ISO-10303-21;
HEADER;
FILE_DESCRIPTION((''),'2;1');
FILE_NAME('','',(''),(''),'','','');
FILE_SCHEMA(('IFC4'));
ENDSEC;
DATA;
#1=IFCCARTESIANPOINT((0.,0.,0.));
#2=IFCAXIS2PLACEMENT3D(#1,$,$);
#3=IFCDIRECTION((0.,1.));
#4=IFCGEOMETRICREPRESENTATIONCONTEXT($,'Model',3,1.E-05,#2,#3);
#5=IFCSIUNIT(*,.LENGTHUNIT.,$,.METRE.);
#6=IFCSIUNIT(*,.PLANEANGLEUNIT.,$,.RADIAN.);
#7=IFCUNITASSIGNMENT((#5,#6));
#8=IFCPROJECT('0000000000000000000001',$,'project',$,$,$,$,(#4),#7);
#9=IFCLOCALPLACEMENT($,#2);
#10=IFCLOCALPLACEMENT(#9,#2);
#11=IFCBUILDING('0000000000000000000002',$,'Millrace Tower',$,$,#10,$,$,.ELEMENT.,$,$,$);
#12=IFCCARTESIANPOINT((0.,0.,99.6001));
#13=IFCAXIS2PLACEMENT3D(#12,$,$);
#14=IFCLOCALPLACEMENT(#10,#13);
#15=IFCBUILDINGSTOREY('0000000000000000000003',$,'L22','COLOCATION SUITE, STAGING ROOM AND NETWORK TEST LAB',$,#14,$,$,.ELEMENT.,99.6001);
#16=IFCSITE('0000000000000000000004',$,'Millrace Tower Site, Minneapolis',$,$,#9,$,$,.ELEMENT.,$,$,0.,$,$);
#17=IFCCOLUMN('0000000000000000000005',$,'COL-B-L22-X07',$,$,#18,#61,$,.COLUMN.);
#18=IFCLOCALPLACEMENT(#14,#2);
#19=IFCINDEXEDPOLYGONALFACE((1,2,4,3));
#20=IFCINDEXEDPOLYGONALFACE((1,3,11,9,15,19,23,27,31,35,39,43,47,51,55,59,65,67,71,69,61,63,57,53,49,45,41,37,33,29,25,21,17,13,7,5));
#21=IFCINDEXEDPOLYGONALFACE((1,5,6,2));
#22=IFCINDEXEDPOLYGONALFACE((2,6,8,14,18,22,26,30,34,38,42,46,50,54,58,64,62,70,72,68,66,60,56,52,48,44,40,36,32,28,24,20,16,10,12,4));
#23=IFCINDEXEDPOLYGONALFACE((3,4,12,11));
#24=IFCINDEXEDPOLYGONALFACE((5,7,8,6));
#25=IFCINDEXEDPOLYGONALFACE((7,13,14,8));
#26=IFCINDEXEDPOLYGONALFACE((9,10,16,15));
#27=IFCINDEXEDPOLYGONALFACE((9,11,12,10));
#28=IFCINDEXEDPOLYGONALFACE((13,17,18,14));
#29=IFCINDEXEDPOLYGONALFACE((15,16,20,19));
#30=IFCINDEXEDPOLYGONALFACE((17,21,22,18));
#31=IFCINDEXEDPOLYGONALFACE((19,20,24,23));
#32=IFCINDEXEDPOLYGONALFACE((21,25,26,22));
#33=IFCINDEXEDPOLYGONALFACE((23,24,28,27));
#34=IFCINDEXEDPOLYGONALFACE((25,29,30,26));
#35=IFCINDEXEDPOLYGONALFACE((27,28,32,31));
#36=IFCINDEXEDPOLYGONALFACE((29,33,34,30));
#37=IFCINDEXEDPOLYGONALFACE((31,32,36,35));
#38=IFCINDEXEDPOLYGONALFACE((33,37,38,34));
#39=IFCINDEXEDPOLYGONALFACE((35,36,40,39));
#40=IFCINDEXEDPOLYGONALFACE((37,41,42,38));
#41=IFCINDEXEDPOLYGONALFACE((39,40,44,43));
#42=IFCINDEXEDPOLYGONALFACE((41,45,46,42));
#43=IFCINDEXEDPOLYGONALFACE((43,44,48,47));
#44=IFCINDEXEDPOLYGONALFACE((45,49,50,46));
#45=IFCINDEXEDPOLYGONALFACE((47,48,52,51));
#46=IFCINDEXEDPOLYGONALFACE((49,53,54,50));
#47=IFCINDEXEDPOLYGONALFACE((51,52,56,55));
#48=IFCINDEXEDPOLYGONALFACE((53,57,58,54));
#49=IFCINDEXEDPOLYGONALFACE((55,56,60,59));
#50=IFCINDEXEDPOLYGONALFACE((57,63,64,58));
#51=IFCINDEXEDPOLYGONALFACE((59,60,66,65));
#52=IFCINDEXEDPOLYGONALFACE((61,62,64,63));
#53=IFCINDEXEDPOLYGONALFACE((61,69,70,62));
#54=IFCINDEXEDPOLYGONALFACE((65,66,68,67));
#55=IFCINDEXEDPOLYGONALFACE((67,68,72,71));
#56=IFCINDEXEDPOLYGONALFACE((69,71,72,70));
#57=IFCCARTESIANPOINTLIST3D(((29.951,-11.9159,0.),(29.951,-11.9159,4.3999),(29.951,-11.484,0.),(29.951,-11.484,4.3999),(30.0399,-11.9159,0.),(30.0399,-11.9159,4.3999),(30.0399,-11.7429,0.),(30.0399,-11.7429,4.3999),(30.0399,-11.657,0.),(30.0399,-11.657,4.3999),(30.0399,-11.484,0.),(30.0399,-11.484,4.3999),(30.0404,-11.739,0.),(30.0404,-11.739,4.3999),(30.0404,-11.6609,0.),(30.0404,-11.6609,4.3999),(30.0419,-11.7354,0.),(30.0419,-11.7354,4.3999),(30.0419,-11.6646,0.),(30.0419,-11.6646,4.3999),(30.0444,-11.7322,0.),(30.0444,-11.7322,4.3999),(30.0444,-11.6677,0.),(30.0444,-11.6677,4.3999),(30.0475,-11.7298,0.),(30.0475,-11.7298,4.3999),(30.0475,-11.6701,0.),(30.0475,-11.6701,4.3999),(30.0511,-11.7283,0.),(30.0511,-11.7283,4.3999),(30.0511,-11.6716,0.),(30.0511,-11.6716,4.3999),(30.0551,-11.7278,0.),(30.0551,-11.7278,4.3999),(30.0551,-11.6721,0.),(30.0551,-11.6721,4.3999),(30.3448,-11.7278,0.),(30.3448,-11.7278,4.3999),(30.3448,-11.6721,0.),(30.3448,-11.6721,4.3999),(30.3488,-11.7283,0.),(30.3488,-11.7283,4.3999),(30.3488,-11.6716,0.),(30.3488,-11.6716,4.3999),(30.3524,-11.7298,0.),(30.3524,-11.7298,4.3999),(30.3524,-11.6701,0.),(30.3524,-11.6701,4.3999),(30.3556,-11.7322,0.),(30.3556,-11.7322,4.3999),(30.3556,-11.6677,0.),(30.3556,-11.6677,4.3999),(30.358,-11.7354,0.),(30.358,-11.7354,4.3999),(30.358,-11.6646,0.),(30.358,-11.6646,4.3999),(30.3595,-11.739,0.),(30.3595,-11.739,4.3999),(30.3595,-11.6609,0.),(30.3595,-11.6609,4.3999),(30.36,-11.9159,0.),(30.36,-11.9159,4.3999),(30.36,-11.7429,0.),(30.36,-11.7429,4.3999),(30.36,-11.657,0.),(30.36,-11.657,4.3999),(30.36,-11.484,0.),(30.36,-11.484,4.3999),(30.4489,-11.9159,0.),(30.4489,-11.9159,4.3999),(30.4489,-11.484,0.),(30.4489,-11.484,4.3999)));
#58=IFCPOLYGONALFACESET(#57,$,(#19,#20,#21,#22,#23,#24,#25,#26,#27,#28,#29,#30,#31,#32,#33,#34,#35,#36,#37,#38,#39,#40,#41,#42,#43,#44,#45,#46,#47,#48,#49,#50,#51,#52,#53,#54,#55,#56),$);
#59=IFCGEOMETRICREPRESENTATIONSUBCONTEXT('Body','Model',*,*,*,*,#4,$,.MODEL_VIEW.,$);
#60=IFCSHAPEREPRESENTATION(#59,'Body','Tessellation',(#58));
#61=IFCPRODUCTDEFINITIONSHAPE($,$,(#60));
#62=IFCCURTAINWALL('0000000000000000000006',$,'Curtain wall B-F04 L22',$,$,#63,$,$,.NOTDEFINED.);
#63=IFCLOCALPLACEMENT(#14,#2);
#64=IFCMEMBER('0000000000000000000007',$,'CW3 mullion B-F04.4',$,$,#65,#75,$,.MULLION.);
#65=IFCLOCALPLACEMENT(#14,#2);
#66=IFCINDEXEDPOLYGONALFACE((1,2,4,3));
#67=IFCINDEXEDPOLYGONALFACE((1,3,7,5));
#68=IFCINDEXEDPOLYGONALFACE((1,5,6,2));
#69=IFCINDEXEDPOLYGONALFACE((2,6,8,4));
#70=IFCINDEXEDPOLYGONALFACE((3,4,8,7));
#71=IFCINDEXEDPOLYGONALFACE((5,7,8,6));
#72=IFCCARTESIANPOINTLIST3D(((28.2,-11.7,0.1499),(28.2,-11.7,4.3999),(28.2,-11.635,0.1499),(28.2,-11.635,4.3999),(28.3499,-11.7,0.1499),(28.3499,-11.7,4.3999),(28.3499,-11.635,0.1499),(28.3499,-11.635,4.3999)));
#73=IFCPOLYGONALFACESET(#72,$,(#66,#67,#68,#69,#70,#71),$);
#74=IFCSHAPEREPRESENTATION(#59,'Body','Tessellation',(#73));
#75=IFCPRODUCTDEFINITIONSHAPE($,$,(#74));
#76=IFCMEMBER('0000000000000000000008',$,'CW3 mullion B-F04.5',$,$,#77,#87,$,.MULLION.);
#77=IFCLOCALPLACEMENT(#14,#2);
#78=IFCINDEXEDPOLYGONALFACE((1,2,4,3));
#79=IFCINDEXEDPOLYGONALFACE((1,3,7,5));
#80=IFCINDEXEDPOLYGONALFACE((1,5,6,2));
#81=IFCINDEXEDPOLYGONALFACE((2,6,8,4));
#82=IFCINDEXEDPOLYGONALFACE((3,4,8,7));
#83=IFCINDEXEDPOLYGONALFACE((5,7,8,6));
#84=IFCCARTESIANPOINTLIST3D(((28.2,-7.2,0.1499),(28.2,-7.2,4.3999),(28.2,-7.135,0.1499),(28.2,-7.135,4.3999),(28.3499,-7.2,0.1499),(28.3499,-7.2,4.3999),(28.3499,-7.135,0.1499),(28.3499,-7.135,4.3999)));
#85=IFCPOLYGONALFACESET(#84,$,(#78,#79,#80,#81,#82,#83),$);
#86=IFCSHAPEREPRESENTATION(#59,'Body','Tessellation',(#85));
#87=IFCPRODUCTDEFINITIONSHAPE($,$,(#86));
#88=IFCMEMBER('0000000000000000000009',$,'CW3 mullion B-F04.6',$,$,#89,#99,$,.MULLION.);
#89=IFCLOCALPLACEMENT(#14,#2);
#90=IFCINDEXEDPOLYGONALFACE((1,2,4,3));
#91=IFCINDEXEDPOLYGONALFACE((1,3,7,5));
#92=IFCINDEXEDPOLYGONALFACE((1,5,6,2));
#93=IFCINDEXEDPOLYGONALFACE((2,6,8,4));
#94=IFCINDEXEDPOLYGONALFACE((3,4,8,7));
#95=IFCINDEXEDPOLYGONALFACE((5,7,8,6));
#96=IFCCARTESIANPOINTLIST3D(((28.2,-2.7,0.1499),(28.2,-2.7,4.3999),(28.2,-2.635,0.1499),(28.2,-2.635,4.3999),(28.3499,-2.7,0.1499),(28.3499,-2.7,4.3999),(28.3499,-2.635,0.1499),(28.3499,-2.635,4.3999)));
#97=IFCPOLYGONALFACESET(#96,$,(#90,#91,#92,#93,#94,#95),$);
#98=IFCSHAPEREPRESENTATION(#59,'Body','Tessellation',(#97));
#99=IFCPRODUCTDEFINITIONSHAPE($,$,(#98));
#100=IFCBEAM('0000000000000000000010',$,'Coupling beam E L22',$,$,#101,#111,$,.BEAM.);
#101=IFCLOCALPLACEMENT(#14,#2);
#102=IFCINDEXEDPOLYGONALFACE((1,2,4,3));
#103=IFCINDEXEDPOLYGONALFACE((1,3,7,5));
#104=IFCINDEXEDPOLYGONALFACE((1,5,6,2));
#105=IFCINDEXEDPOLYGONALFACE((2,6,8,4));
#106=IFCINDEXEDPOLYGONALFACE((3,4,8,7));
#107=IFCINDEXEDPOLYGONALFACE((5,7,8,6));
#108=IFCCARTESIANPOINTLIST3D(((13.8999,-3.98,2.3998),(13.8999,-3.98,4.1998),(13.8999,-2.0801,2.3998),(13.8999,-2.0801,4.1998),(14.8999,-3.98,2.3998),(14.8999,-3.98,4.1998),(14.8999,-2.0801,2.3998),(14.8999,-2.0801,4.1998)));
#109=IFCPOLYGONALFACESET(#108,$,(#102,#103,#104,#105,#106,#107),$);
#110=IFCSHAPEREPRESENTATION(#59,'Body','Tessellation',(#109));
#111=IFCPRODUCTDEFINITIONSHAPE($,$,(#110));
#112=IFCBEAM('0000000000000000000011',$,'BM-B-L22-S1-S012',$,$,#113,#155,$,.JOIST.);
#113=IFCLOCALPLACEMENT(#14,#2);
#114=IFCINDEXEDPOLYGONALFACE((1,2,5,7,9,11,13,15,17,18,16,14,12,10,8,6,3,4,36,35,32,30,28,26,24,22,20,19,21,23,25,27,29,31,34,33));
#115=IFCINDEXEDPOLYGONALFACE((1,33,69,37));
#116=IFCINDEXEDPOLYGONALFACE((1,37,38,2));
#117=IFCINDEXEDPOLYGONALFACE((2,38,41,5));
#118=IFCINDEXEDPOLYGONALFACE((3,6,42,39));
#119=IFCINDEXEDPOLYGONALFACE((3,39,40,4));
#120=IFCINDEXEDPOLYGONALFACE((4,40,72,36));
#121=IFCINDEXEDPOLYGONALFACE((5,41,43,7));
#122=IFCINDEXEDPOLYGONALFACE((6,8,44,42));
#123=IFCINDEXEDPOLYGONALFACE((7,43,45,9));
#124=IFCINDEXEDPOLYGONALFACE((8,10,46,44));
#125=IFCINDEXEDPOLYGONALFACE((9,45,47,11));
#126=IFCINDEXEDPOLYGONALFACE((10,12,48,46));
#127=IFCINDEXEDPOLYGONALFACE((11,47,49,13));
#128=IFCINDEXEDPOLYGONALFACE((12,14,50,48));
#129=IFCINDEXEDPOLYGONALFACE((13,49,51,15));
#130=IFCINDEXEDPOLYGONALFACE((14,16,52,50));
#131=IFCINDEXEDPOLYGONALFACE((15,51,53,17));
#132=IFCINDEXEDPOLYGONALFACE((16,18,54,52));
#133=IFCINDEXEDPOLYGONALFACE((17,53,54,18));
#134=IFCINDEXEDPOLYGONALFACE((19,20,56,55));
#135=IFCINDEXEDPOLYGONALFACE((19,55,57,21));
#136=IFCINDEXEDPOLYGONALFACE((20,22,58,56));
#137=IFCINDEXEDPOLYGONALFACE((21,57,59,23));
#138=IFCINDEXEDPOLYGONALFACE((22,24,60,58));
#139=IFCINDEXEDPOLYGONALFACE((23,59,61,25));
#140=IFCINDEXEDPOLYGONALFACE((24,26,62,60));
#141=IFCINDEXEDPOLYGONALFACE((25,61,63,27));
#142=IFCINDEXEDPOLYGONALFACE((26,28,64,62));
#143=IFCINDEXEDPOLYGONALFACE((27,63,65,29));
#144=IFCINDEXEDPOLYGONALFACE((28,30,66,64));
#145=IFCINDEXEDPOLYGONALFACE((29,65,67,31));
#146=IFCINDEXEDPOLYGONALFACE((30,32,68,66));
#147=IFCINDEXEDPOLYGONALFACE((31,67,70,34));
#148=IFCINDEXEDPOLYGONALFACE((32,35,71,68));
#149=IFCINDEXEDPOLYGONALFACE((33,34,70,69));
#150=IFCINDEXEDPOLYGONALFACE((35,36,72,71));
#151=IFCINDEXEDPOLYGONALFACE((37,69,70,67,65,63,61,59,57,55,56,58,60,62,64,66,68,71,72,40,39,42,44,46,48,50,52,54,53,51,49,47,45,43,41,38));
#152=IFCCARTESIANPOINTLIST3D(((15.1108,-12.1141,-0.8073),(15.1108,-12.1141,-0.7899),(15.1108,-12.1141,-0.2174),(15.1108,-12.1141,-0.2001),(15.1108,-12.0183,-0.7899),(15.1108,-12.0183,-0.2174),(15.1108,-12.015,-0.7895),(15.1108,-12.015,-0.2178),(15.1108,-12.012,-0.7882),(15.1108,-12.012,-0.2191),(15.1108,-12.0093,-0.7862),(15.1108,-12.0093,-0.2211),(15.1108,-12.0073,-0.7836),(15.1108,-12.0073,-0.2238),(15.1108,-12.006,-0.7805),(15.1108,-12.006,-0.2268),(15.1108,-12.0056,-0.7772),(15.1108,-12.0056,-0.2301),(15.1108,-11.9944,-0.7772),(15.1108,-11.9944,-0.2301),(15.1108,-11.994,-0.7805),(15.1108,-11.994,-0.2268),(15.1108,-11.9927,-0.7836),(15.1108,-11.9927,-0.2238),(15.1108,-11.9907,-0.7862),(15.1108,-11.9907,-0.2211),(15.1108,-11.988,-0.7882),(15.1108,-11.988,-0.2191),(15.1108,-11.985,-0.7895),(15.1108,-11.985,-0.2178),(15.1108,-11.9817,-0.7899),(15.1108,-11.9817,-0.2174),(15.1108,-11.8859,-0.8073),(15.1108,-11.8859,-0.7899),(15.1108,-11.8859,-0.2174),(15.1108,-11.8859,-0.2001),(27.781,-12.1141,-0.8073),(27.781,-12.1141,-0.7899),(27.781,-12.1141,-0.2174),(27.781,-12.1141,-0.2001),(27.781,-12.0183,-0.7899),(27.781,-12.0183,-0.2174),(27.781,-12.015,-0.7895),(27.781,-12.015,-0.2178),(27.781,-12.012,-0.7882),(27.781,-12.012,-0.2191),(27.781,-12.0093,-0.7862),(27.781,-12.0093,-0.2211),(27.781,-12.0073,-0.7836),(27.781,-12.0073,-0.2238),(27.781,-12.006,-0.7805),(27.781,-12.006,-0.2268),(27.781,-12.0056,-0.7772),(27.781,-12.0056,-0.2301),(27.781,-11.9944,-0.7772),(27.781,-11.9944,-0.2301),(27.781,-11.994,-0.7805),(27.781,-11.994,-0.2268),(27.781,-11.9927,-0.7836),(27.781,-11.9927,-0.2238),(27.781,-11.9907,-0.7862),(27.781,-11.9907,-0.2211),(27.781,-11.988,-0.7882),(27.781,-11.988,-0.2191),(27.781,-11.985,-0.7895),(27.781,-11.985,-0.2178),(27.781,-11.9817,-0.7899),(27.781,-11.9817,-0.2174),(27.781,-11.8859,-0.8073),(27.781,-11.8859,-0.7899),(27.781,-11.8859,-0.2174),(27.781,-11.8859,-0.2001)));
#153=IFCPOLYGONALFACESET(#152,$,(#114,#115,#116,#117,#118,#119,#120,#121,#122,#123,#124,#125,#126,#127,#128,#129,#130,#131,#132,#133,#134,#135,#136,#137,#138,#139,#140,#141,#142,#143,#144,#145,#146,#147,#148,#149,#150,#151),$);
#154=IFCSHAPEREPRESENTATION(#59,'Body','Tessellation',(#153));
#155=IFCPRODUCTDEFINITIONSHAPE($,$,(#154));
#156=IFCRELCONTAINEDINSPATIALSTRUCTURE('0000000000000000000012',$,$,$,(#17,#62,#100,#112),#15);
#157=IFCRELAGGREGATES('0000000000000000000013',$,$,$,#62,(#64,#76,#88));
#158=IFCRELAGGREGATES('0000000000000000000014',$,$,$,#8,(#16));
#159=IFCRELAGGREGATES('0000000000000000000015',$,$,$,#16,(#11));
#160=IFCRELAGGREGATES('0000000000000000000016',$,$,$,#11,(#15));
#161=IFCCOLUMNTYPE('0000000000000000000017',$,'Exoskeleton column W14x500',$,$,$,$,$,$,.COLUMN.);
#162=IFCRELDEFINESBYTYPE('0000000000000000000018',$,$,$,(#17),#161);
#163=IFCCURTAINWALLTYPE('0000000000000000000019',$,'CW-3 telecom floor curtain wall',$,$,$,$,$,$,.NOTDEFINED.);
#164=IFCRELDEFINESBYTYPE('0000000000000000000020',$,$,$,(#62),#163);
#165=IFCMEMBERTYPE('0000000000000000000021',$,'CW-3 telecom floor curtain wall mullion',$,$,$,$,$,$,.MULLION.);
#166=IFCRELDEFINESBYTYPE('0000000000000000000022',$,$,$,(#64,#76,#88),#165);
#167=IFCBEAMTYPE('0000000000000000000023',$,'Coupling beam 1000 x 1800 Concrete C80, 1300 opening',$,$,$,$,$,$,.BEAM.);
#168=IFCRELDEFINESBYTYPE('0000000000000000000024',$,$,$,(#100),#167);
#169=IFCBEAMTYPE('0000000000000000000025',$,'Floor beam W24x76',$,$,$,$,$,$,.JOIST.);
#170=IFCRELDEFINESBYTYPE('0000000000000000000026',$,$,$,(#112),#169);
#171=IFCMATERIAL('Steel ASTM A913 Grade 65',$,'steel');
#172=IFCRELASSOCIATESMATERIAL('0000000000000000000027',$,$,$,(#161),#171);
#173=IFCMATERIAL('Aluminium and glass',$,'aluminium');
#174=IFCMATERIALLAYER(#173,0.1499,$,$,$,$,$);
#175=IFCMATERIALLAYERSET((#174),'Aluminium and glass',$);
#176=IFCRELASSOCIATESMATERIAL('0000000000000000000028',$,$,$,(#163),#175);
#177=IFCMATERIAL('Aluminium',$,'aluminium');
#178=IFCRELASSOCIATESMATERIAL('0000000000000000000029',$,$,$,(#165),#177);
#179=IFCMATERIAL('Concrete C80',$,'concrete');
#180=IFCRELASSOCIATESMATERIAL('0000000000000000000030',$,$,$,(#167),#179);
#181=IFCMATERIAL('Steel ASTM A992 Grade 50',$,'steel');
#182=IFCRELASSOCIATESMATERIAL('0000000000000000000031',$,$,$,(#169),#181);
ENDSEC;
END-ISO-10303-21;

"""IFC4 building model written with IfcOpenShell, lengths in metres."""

from ifc_helpers import new_model, si_unit, direction, frame, origin, origin_2d, place, context, subcontext, project, spatial, rectangle, i_section, extrude, material, layer, layer_set, material_profile, profile_set, type_object, element, aggregate, save


model = new_model("IFC4")

# Units and contexts
model_context = context("Model", 3, precision=1e-05, world=origin(), true_north=direction((0.0, 1.0)))
body_context = subcontext(model_context, "Body", "Model", "MODEL_VIEW")
ifc_project = project(units=[si_unit("LENGTHUNIT", "METRE"), si_unit("PLANEANGLEUNIT", "RADIAN")], contexts=[model_context])

# Site, building, storey
site_placement = place(None, origin())
site = spatial("IfcSite", under=ifc_project, at=site_placement, Name="Millrace Tower Site, Minneapolis", CompositionType="ELEMENT", RefElevation=0.0)
building_placement = place(site_placement, origin())
building = spatial("IfcBuilding", under=site, at=building_placement, Name="Millrace Tower", CompositionType="ELEMENT")
storey_placement = place(building_placement, frame((0.0, 0.0, 99.6001)))
storey = spatial("IfcBuildingStorey", under=building, at=storey_placement, Name="L22", Description="COLOCATION SUITE, STAGING ROOM AND NETWORK TEST LAB", CompositionType="ELEMENT", Elevation=99.6001)

# Column
ifc_material_1 = material(Name="Steel ASTM A913 Grade 65", Category="steel")
ifc_material_profile_1 = material_profile(ifc_material_1, i_section(OverallWidth=0.4319, OverallDepth=0.4978, WebThickness=0.0557, FlangeThickness=0.0889, FilletRadius=0.0151, at=origin_2d()))
ifc_profile_set_1 = profile_set([ifc_material_profile_1], Name="Steel ASTM A913 Grade 65")
column_type = type_object("IfcColumnType", Name="Exoskeleton column W14x500", PredefinedType="COLUMN", material=ifc_profile_set_1)
column_placement = place(storey_placement, frame((30.2, -11.7, 0.0), z_axis=(0.0, 0.0, 1.0), x_axis=(0.0, 1.0, 0.0)))
element("IfcColumn", 1, at=column_placement, inside=storey, type_object=column_type, Name="COL-B-L22-X07", PredefinedType="COLUMN", context=body_context, shape_type="SweptSolid", body=[
    extrude(i_section(OverallWidth=0.4319, OverallDepth=0.4978, WebThickness=0.0557, FlangeThickness=0.0889, FilletRadius=0.0151, at=origin_2d()), origin(), (0.0, 0.0, 1.0), 4.3999),
])

# Curtain wall, members
ifc_material_2 = material(Name="Aluminium and glass", Category="aluminium")
ifc_layer_1 = layer(ifc_material_2, 0.1499)
ifc_layer_set_1 = layer_set([ifc_layer_1], Name="Aluminium and glass")
curtain_wall_type = type_object("IfcCurtainWallType", Name="CW-3 telecom floor curtain wall", PredefinedType="NOTDEFINED", material=ifc_layer_set_1)
curtain_wall_placement = place(storey_placement, origin())
curtain_wall = element("IfcCurtainWall", 2, at=curtain_wall_placement, inside=storey, type_object=curtain_wall_type, Name="Curtain wall B-F04 L22", PredefinedType="NOTDEFINED")
ifc_material_3 = material(Name="Aluminium", Category="aluminium")
ifc_material_profile_2 = material_profile(ifc_material_3, rectangle(XDim=0.0649, YDim=0.1499, at=origin_2d()))
ifc_profile_set_2 = profile_set([ifc_material_profile_2], Name="Aluminium")
member_type = type_object("IfcMemberType", Name="CW-3 telecom floor curtain wall mullion", PredefinedType="MULLION", material=ifc_profile_set_2)
member_1_placement = place(storey_placement, frame((28.2749, -11.6675, 0.1499), z_axis=(0.0, 0.0, 1.0), x_axis=(0.0, 1.0, 0.0)))
member_1 = element("IfcMember", 3, at=member_1_placement, type_object=member_type, Name="CW3 mullion B-F04.4", PredefinedType="MULLION", context=body_context, shape_type="SweptSolid", body=[
    extrude(rectangle(XDim=0.0649, YDim=0.1499, at=origin_2d()), origin(), (0.0, 0.0, 1.0), 4.25),
])
member_2_placement = place(storey_placement, frame((28.2749, -7.1675, 0.1499), z_axis=(0.0, 0.0, 1.0), x_axis=(0.0, 1.0, 0.0)))
member_2 = element("IfcMember", 4, at=member_2_placement, type_object=member_type, Name="CW3 mullion B-F04.5", PredefinedType="MULLION", context=body_context, shape_type="SweptSolid", body=[
    extrude(rectangle(XDim=0.0649, YDim=0.1499, at=origin_2d()), origin(), (0.0, 0.0, 1.0), 4.25),
])
member_3_placement = place(storey_placement, frame((28.2749, -2.6675, 0.1499), z_axis=(0.0, 0.0, 1.0), x_axis=(0.0, 1.0, 0.0)))
member_3 = element("IfcMember", 5, at=member_3_placement, type_object=member_type, Name="CW3 mullion B-F04.6", PredefinedType="MULLION", context=body_context, shape_type="SweptSolid", body=[
    extrude(rectangle(XDim=0.0649, YDim=0.1499, at=origin_2d()), origin(), (0.0, 0.0, 1.0), 4.25),
])
aggregate(curtain_wall, [member_1, member_2, member_3])

# Beams
ifc_material_4 = material(Name="Concrete C80", Category="concrete")
ifc_material_profile_3 = material_profile(ifc_material_4, rectangle(XDim=1.0, YDim=1.8, at=origin_2d()))
ifc_profile_set_3 = profile_set([ifc_material_profile_3], Name="Concrete C80")
beam_type_1 = type_object("IfcBeamType", Name="Coupling beam 1000 x 1800 Concrete C80, 1300 opening", PredefinedType="BEAM", material=ifc_profile_set_3)
beam_1_placement = place(storey_placement, frame((14.3999, -2.0801, 3.2998), z_axis=(0.0, -1.0, 0.0), x_axis=(1.0, 0.0, 0.0)))
element("IfcBeam", 6, at=beam_1_placement, inside=storey, type_object=beam_type_1, Name="Coupling beam E L22", PredefinedType="BEAM", context=body_context, shape_type="SweptSolid", body=[
    extrude(rectangle(XDim=1.0, YDim=1.8, at=origin_2d()), origin(), (0.0, 0.0, 1.0), 1.8999),
])
ifc_material_5 = material(Name="Steel ASTM A992 Grade 50", Category="steel")
ifc_material_profile_4 = material_profile(ifc_material_5, i_section(OverallWidth=0.2283, OverallDepth=0.6072, WebThickness=0.0112, FlangeThickness=0.0173, FilletRadius=0.0127, at=origin_2d()))
ifc_profile_set_4 = profile_set([ifc_material_profile_4], Name="Steel ASTM A992 Grade 50")
beam_type_2 = type_object("IfcBeamType", Name="Floor beam W24x76", PredefinedType="JOIST", material=ifc_profile_set_4)
beam_2_placement = place(storey_placement, frame((15.1108, -12.0, -0.5037), z_axis=(1.0, 0.0, 0.0), x_axis=(0.0, 1.0, 0.0)))
element("IfcBeam", 7, at=beam_2_placement, inside=storey, type_object=beam_type_2, Name="BM-B-L22-S1-S012", PredefinedType="JOIST", context=body_context, shape_type="SweptSolid", body=[
    extrude(i_section(OverallWidth=0.2283, OverallDepth=0.6072, WebThickness=0.0112, FlangeThickness=0.0173, FilletRadius=0.0127, at=origin_2d()), origin(), (0.0, 0.0, 1.0), 12.6702),
])

save(model, "model.ifc")
